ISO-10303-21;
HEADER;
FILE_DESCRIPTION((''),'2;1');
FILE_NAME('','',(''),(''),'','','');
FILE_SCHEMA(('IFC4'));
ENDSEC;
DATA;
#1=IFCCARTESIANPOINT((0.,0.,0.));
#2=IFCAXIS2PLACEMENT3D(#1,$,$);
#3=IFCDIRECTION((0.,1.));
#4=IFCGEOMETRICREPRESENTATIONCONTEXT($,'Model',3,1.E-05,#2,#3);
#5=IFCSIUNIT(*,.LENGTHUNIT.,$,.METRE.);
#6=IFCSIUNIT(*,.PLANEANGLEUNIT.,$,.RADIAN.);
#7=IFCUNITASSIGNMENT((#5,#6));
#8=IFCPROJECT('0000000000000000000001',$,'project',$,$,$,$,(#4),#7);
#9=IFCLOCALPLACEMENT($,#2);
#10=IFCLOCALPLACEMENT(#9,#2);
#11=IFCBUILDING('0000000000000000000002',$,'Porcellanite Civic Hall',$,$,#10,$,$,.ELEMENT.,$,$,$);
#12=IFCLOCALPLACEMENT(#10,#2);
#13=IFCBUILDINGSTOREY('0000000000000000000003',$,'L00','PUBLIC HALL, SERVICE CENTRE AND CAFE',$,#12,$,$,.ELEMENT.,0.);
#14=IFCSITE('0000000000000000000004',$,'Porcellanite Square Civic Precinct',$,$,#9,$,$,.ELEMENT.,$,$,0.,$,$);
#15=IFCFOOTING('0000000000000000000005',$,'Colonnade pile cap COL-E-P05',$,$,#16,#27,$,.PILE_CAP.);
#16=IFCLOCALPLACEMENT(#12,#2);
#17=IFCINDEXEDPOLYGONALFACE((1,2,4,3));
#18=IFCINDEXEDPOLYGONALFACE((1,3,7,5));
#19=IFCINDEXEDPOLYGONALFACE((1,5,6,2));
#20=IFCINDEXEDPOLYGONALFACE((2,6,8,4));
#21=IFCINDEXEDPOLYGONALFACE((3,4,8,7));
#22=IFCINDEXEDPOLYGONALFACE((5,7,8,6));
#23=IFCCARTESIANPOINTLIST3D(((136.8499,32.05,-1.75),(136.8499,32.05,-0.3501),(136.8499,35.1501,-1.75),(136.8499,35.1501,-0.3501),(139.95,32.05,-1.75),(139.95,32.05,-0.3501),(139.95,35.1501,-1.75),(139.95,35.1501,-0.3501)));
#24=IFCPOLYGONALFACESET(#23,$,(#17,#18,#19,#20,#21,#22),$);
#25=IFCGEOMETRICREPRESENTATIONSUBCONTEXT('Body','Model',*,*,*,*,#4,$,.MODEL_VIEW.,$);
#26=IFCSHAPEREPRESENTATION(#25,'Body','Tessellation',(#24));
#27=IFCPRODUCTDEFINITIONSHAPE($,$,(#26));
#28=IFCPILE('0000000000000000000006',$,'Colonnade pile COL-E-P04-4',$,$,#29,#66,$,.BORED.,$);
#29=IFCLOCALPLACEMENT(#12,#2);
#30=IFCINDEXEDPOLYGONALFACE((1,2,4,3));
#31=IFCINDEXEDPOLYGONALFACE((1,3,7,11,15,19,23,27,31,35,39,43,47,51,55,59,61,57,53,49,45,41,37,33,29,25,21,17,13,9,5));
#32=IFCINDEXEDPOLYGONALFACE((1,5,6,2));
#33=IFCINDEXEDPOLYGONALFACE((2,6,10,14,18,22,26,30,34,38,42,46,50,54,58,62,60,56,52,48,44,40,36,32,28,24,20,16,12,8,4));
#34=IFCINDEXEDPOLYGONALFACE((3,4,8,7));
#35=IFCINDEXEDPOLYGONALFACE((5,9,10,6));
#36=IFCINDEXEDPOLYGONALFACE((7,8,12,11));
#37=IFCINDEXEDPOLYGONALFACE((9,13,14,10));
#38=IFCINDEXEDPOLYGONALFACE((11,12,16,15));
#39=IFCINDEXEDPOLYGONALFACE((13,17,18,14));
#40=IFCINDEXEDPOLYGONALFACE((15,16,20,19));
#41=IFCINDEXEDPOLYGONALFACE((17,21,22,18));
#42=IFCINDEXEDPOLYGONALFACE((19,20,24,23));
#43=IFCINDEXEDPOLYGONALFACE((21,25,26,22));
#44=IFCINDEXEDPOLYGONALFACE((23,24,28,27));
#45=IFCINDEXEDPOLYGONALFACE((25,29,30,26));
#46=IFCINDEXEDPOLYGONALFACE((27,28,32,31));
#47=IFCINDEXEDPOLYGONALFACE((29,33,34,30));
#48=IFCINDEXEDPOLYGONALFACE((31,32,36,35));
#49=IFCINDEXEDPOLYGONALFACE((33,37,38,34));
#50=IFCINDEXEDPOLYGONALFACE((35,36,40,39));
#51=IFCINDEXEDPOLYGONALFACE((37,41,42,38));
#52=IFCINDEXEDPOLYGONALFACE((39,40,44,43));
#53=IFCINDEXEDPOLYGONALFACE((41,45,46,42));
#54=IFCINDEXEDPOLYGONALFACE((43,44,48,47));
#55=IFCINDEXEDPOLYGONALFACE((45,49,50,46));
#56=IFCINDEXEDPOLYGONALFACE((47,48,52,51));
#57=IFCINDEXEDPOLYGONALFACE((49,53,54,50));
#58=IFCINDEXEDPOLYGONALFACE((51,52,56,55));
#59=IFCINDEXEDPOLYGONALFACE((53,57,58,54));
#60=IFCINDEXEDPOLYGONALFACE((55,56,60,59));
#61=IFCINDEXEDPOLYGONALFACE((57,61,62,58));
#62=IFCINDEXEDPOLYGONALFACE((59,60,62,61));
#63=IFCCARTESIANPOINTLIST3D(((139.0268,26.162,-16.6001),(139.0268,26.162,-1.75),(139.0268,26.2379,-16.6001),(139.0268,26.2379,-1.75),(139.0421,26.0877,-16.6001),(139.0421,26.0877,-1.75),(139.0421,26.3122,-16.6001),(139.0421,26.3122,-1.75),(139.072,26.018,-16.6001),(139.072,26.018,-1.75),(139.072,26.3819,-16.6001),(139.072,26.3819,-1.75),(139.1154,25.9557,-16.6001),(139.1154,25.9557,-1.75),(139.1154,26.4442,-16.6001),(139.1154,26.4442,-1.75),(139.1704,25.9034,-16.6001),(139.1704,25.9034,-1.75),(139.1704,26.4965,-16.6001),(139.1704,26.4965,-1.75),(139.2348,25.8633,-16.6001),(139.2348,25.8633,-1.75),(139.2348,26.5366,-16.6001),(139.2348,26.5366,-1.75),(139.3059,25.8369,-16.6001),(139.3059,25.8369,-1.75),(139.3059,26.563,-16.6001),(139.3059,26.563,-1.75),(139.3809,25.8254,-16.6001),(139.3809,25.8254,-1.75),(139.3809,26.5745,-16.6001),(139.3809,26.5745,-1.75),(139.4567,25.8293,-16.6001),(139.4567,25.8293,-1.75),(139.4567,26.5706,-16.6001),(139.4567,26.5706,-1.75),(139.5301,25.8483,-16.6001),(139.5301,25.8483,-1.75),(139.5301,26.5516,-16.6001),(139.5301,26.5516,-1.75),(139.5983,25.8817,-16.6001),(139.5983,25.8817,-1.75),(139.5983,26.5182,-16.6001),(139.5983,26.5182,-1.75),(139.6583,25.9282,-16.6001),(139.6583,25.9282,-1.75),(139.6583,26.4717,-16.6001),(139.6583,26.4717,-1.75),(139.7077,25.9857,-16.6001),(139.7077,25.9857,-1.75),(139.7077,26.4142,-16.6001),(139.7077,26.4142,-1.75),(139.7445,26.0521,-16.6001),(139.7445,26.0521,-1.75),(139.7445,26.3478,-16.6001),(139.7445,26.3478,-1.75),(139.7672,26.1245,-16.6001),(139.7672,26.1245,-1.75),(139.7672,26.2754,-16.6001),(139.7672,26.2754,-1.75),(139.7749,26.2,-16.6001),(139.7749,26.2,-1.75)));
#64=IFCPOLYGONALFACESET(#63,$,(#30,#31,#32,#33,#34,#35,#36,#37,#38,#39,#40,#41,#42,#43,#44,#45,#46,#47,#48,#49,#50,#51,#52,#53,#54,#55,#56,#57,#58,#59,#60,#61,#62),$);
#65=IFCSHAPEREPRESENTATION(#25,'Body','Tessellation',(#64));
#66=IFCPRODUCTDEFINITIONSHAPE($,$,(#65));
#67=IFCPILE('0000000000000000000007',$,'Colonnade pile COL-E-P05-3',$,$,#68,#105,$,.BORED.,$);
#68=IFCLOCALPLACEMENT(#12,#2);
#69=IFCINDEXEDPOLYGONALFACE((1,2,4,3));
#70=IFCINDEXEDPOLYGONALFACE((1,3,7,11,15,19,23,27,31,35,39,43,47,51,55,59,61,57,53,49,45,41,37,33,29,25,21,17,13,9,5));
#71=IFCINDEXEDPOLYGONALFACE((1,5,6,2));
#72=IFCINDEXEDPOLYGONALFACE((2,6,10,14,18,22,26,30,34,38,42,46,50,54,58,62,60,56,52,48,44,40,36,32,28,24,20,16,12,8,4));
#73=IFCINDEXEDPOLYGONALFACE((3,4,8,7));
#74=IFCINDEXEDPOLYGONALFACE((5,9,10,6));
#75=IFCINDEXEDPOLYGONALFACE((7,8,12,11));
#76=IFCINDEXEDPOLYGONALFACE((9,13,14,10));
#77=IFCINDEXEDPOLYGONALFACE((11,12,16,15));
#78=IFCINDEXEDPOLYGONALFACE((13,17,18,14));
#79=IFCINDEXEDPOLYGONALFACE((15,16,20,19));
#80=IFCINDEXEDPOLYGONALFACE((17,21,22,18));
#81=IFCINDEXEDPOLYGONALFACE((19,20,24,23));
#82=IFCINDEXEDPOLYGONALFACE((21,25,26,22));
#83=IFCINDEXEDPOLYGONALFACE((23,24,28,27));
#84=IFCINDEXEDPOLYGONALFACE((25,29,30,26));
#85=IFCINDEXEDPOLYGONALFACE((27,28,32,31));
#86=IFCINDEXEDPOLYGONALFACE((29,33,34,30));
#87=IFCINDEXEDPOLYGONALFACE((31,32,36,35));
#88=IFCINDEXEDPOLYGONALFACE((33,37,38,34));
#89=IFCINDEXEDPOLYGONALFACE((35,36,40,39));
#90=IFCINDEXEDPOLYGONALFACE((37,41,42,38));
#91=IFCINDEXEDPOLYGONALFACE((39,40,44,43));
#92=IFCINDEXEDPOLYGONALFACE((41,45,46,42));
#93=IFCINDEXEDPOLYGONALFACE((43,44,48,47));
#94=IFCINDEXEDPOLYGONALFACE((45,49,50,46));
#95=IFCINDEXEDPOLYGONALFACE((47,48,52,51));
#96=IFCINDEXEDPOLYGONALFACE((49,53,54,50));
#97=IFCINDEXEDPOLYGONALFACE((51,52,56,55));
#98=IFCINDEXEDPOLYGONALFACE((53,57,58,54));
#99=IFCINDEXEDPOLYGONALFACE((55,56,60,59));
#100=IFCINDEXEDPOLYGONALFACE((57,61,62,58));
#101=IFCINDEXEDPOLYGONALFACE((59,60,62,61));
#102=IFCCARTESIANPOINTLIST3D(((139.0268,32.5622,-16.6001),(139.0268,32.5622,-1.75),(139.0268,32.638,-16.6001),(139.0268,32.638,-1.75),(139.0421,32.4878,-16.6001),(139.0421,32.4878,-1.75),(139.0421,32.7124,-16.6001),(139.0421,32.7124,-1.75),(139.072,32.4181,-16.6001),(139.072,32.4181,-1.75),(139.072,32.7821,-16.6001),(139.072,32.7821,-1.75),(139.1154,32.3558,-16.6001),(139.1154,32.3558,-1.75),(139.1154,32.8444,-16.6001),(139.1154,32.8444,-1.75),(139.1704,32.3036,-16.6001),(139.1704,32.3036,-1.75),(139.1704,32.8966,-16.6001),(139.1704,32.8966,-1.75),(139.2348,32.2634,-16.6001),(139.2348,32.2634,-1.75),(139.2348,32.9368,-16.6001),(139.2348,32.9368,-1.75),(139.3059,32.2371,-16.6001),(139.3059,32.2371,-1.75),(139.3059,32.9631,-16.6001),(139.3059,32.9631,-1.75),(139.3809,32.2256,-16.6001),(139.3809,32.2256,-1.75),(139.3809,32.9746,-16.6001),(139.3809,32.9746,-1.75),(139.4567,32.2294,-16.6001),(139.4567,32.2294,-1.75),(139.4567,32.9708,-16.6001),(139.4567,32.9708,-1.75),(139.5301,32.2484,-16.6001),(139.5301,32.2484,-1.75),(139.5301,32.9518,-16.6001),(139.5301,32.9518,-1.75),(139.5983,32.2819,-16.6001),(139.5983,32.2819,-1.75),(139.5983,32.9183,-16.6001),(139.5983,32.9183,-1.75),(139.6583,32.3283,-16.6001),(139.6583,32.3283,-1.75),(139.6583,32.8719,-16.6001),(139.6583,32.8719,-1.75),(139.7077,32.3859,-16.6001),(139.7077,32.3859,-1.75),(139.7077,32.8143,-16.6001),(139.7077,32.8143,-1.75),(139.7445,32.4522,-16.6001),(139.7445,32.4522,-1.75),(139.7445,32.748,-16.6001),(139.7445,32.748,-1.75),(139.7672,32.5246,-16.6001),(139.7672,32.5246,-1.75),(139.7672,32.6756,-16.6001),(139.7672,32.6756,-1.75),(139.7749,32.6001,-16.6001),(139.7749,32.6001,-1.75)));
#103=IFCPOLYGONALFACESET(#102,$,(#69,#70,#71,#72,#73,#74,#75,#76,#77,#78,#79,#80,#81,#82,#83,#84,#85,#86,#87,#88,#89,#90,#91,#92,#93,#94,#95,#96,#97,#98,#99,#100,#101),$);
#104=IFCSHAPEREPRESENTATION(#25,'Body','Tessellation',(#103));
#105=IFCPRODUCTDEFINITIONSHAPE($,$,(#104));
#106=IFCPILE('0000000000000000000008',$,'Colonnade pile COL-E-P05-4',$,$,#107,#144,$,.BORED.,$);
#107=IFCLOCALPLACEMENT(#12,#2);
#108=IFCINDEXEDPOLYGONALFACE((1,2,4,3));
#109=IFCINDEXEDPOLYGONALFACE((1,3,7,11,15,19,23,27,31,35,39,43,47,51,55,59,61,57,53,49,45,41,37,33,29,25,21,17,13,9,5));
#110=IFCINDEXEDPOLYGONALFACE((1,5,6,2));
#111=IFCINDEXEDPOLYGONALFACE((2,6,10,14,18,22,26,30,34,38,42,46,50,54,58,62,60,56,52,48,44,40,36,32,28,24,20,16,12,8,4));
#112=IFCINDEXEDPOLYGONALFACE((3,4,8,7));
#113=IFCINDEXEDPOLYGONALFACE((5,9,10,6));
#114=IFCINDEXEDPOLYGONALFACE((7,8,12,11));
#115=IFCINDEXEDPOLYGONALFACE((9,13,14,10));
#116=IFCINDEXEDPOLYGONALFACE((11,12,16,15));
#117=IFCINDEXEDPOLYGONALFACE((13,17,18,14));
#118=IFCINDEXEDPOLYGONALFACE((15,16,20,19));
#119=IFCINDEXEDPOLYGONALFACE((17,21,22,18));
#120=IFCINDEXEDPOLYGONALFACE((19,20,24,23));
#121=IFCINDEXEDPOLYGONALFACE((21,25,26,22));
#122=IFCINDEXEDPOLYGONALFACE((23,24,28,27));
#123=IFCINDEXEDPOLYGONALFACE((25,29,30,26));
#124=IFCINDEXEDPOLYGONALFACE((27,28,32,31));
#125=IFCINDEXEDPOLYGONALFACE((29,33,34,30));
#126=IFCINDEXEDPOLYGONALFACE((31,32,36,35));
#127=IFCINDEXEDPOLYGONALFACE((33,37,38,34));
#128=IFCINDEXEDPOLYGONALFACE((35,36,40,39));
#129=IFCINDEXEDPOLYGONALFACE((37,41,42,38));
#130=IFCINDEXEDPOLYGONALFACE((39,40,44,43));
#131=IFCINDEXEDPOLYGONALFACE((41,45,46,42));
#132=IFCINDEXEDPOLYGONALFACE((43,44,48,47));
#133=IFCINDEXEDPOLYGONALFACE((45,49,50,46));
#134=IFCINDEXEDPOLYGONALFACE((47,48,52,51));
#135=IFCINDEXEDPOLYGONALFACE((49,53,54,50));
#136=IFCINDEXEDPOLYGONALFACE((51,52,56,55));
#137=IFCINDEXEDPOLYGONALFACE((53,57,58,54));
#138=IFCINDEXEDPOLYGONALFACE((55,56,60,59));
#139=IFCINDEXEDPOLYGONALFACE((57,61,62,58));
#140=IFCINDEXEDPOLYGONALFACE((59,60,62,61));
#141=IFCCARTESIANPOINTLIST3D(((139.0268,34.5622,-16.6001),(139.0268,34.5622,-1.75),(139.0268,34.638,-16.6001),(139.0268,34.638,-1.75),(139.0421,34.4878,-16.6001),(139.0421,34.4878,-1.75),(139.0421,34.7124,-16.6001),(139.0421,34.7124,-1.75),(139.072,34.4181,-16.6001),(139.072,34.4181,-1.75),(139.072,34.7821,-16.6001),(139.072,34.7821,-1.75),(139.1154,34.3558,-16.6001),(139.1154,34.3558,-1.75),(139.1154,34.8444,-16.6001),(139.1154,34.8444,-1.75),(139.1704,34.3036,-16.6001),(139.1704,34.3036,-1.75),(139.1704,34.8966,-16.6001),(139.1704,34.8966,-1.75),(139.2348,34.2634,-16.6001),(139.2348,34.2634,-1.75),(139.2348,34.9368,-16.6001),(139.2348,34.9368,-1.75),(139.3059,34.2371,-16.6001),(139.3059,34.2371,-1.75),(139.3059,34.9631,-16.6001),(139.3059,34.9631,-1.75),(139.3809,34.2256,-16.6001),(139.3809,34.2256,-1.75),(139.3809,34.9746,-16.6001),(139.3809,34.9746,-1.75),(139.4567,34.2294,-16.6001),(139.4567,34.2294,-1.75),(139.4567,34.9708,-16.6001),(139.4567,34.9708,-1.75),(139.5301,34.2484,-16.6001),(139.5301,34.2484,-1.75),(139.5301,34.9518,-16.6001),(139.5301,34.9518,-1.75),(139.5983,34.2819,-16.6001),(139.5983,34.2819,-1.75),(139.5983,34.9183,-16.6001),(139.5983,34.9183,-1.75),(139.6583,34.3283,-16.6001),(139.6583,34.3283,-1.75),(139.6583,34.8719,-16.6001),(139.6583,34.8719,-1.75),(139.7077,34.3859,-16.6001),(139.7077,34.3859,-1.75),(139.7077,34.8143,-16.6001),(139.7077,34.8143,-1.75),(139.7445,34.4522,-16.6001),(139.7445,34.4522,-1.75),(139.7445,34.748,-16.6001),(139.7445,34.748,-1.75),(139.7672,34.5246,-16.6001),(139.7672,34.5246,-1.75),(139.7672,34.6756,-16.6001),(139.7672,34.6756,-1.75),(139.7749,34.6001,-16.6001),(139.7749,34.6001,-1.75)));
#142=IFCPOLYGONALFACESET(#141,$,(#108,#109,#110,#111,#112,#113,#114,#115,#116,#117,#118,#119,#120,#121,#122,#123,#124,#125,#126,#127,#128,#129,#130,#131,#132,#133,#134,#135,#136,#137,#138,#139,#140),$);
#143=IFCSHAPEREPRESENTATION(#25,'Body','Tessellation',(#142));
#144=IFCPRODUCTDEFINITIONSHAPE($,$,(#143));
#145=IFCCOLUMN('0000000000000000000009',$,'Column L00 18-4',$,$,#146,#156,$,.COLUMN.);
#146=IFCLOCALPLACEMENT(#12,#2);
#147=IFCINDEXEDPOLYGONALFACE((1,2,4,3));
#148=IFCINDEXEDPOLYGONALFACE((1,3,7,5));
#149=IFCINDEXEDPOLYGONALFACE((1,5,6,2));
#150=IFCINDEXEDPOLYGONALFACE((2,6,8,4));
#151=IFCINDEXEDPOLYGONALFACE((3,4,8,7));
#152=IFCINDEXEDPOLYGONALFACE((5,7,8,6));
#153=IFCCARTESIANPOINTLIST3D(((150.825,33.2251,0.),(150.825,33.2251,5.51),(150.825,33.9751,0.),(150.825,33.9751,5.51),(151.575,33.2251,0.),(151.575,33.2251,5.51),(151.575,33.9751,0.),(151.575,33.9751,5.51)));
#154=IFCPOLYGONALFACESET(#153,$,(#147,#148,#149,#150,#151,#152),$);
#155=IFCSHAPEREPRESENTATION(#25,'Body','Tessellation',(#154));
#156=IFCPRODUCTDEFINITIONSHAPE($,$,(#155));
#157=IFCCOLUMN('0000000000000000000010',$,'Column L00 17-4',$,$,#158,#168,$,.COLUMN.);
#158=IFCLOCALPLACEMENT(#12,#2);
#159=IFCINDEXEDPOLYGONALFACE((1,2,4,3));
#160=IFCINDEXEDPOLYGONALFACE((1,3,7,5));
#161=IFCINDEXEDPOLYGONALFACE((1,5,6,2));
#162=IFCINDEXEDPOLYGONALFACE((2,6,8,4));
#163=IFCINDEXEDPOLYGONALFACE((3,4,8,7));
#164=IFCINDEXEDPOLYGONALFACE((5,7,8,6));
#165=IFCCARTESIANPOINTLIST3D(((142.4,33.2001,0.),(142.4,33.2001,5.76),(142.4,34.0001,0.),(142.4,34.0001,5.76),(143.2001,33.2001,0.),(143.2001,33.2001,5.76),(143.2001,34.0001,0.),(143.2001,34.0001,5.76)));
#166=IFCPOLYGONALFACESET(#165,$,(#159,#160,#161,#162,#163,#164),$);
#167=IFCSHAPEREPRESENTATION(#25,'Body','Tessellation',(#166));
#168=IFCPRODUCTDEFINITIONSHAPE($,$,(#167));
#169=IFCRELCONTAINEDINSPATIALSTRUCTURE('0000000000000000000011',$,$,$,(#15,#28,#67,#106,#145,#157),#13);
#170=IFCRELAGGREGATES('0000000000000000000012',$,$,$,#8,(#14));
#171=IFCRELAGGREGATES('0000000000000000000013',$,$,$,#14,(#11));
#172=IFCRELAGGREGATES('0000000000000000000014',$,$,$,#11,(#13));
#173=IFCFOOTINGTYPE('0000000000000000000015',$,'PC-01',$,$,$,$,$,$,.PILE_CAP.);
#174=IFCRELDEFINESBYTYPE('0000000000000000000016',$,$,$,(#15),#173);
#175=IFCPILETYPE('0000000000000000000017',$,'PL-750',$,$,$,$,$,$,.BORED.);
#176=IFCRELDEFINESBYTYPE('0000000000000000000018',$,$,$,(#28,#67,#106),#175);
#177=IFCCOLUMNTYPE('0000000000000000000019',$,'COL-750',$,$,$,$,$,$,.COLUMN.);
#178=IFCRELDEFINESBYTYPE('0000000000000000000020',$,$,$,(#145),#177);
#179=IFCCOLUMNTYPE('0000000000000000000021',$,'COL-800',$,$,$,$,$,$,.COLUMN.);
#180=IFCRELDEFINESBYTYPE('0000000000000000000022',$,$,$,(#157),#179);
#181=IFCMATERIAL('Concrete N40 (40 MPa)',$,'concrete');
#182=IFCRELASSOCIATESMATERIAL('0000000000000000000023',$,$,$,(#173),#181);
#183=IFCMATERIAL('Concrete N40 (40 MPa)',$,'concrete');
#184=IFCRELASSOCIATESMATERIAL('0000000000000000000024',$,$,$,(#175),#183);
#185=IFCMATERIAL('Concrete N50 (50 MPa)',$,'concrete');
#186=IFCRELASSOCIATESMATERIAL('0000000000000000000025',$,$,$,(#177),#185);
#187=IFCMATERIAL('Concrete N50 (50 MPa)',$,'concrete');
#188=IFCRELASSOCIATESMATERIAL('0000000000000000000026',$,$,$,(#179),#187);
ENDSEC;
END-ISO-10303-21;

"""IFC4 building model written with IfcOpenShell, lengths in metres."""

from ifc_helpers import new_model, si_unit, direction, frame, origin, origin_2d, place, context, subcontext, project, spatial, rectangle, circle, extrude, material, material_profile, profile_set, type_object, element, save


model = new_model("IFC4")

# Units and contexts
model_context = context("Model", 3, precision=1e-05, world=origin(), true_north=direction((0.0, 1.0)))
body_context = subcontext(model_context, "Body", "Model", "MODEL_VIEW")
ifc_project = project(units=[si_unit("LENGTHUNIT", "METRE"), si_unit("PLANEANGLEUNIT", "RADIAN")], contexts=[model_context])

# Site, building, storey
site_placement = place(None, origin())
site = spatial("IfcSite", under=ifc_project, at=site_placement, Name="Porcellanite Square Civic Precinct", CompositionType="ELEMENT", RefElevation=0.0)
building_placement = place(site_placement, origin())
building = spatial("IfcBuilding", under=site, at=building_placement, Name="Porcellanite Civic Hall", CompositionType="ELEMENT")
storey_placement = place(building_placement, origin())
storey = spatial("IfcBuildingStorey", under=building, at=storey_placement, Name="L00", Description="PUBLIC HALL, SERVICE CENTRE AND CAFE", CompositionType="ELEMENT", Elevation=0.0)

# Footing
ifc_material_1 = material(Name="Concrete N40 (40 MPa)", Category="concrete")
footing_type = type_object("IfcFootingType", Name="PC-01", PredefinedType="PILE_CAP", material=ifc_material_1)
footing_placement = place(storey_placement, frame((138.3999, 33.6001, -1.75), z_axis=(0.0, 0.0, 1.0), x_axis=(1.0, 0.0, 0.0)))
element("IfcFooting", 1, at=footing_placement, inside=storey, type_object=footing_type, Name="Colonnade pile cap COL-E-P05", PredefinedType="PILE_CAP", context=body_context, shape_type="SweptSolid", body=[
    extrude(rectangle(XDim=3.1001, YDim=3.1001, at=origin_2d()), origin(), (0.0, 0.0, 1.0), 1.3999),
])

# Piles
ifc_material_2 = material(Name="Concrete N40 (40 MPa)", Category="concrete")
ifc_material_profile_1 = material_profile(ifc_material_2, circle(Radius=0.375, at=origin_2d()), Name="PILE-D750")
ifc_profile_set_1 = profile_set([ifc_material_profile_1], Name="Concrete N40 (40 MPa)")
pile_type = type_object("IfcPileType", Name="PL-750", PredefinedType="BORED", material=ifc_profile_set_1)
for number, where, z_axis, x_axis, name in (
    (2, (139.3999, 26.2, -1.75), (0.0, 0.0, -1.0), (1.0, 0.0, 0.0), "Colonnade pile COL-E-P04-4"),
    (3, (139.3999, 32.6001, -1.75), (0.0, 0.0, -1.0), (1.0, 0.0, 0.0), "Colonnade pile COL-E-P05-3"),
    (4, (139.3999, 34.6001, -1.75), (0.0, 0.0, -1.0), (1.0, 0.0, 0.0), "Colonnade pile COL-E-P05-4"),
):
    element("IfcPile", number, at=place(storey_placement, frame(where, z_axis=z_axis, x_axis=x_axis)), inside=storey, type_object=pile_type, Name=name, PredefinedType="BORED", context=body_context, shape_type="SweptSolid", body=[
        extrude(circle(Radius=0.375, at=origin_2d()), origin(), (0.0, 0.0, 1.0), 14.8501),
    ])

# Columns
ifc_material_3 = material(Name="Concrete N50 (50 MPa)", Category="concrete")
ifc_material_profile_2 = material_profile(ifc_material_3, rectangle(XDim=0.75, YDim=0.75, at=origin_2d()), Name="RC-750x750")
ifc_profile_set_2 = profile_set([ifc_material_profile_2], Name="Concrete N50 (50 MPa)")
column_type_1 = type_object("IfcColumnType", Name="COL-750", PredefinedType="COLUMN", material=ifc_profile_set_2)
column_1_placement = place(storey_placement, frame((151.2, 33.6001, 0.0), z_axis=(0.0, 0.0, 1.0), x_axis=(1.0, 0.0, 0.0)))
element("IfcColumn", 5, at=column_1_placement, inside=storey, type_object=column_type_1, Name="Column L00 18-4", PredefinedType="COLUMN", context=body_context, shape_type="SweptSolid", body=[
    extrude(rectangle(XDim=0.75, YDim=0.75, at=origin_2d()), origin(), (0.0, 0.0, 1.0), 5.51),
])
ifc_material_4 = material(Name="Concrete N50 (50 MPa)", Category="concrete")
ifc_material_profile_3 = material_profile(ifc_material_4, rectangle(XDim=0.8, YDim=0.8, at=origin_2d()), Name="RC-800x800")
ifc_profile_set_3 = profile_set([ifc_material_profile_3], Name="Concrete N50 (50 MPa)")
column_type_2 = type_object("IfcColumnType", Name="COL-800", PredefinedType="COLUMN", material=ifc_profile_set_3)
column_2_placement = place(storey_placement, frame((142.8, 33.6001, 0.0), z_axis=(0.0, 0.0, 1.0), x_axis=(1.0, 0.0, 0.0)))
element("IfcColumn", 6, at=column_2_placement, inside=storey, type_object=column_type_2, Name="Column L00 17-4", PredefinedType="COLUMN", context=body_context, shape_type="SweptSolid", body=[
    extrude(rectangle(XDim=0.8, YDim=0.8, at=origin_2d()), origin(), (0.0, 0.0, 1.0), 5.76),
])

save(model, "model.ifc")
